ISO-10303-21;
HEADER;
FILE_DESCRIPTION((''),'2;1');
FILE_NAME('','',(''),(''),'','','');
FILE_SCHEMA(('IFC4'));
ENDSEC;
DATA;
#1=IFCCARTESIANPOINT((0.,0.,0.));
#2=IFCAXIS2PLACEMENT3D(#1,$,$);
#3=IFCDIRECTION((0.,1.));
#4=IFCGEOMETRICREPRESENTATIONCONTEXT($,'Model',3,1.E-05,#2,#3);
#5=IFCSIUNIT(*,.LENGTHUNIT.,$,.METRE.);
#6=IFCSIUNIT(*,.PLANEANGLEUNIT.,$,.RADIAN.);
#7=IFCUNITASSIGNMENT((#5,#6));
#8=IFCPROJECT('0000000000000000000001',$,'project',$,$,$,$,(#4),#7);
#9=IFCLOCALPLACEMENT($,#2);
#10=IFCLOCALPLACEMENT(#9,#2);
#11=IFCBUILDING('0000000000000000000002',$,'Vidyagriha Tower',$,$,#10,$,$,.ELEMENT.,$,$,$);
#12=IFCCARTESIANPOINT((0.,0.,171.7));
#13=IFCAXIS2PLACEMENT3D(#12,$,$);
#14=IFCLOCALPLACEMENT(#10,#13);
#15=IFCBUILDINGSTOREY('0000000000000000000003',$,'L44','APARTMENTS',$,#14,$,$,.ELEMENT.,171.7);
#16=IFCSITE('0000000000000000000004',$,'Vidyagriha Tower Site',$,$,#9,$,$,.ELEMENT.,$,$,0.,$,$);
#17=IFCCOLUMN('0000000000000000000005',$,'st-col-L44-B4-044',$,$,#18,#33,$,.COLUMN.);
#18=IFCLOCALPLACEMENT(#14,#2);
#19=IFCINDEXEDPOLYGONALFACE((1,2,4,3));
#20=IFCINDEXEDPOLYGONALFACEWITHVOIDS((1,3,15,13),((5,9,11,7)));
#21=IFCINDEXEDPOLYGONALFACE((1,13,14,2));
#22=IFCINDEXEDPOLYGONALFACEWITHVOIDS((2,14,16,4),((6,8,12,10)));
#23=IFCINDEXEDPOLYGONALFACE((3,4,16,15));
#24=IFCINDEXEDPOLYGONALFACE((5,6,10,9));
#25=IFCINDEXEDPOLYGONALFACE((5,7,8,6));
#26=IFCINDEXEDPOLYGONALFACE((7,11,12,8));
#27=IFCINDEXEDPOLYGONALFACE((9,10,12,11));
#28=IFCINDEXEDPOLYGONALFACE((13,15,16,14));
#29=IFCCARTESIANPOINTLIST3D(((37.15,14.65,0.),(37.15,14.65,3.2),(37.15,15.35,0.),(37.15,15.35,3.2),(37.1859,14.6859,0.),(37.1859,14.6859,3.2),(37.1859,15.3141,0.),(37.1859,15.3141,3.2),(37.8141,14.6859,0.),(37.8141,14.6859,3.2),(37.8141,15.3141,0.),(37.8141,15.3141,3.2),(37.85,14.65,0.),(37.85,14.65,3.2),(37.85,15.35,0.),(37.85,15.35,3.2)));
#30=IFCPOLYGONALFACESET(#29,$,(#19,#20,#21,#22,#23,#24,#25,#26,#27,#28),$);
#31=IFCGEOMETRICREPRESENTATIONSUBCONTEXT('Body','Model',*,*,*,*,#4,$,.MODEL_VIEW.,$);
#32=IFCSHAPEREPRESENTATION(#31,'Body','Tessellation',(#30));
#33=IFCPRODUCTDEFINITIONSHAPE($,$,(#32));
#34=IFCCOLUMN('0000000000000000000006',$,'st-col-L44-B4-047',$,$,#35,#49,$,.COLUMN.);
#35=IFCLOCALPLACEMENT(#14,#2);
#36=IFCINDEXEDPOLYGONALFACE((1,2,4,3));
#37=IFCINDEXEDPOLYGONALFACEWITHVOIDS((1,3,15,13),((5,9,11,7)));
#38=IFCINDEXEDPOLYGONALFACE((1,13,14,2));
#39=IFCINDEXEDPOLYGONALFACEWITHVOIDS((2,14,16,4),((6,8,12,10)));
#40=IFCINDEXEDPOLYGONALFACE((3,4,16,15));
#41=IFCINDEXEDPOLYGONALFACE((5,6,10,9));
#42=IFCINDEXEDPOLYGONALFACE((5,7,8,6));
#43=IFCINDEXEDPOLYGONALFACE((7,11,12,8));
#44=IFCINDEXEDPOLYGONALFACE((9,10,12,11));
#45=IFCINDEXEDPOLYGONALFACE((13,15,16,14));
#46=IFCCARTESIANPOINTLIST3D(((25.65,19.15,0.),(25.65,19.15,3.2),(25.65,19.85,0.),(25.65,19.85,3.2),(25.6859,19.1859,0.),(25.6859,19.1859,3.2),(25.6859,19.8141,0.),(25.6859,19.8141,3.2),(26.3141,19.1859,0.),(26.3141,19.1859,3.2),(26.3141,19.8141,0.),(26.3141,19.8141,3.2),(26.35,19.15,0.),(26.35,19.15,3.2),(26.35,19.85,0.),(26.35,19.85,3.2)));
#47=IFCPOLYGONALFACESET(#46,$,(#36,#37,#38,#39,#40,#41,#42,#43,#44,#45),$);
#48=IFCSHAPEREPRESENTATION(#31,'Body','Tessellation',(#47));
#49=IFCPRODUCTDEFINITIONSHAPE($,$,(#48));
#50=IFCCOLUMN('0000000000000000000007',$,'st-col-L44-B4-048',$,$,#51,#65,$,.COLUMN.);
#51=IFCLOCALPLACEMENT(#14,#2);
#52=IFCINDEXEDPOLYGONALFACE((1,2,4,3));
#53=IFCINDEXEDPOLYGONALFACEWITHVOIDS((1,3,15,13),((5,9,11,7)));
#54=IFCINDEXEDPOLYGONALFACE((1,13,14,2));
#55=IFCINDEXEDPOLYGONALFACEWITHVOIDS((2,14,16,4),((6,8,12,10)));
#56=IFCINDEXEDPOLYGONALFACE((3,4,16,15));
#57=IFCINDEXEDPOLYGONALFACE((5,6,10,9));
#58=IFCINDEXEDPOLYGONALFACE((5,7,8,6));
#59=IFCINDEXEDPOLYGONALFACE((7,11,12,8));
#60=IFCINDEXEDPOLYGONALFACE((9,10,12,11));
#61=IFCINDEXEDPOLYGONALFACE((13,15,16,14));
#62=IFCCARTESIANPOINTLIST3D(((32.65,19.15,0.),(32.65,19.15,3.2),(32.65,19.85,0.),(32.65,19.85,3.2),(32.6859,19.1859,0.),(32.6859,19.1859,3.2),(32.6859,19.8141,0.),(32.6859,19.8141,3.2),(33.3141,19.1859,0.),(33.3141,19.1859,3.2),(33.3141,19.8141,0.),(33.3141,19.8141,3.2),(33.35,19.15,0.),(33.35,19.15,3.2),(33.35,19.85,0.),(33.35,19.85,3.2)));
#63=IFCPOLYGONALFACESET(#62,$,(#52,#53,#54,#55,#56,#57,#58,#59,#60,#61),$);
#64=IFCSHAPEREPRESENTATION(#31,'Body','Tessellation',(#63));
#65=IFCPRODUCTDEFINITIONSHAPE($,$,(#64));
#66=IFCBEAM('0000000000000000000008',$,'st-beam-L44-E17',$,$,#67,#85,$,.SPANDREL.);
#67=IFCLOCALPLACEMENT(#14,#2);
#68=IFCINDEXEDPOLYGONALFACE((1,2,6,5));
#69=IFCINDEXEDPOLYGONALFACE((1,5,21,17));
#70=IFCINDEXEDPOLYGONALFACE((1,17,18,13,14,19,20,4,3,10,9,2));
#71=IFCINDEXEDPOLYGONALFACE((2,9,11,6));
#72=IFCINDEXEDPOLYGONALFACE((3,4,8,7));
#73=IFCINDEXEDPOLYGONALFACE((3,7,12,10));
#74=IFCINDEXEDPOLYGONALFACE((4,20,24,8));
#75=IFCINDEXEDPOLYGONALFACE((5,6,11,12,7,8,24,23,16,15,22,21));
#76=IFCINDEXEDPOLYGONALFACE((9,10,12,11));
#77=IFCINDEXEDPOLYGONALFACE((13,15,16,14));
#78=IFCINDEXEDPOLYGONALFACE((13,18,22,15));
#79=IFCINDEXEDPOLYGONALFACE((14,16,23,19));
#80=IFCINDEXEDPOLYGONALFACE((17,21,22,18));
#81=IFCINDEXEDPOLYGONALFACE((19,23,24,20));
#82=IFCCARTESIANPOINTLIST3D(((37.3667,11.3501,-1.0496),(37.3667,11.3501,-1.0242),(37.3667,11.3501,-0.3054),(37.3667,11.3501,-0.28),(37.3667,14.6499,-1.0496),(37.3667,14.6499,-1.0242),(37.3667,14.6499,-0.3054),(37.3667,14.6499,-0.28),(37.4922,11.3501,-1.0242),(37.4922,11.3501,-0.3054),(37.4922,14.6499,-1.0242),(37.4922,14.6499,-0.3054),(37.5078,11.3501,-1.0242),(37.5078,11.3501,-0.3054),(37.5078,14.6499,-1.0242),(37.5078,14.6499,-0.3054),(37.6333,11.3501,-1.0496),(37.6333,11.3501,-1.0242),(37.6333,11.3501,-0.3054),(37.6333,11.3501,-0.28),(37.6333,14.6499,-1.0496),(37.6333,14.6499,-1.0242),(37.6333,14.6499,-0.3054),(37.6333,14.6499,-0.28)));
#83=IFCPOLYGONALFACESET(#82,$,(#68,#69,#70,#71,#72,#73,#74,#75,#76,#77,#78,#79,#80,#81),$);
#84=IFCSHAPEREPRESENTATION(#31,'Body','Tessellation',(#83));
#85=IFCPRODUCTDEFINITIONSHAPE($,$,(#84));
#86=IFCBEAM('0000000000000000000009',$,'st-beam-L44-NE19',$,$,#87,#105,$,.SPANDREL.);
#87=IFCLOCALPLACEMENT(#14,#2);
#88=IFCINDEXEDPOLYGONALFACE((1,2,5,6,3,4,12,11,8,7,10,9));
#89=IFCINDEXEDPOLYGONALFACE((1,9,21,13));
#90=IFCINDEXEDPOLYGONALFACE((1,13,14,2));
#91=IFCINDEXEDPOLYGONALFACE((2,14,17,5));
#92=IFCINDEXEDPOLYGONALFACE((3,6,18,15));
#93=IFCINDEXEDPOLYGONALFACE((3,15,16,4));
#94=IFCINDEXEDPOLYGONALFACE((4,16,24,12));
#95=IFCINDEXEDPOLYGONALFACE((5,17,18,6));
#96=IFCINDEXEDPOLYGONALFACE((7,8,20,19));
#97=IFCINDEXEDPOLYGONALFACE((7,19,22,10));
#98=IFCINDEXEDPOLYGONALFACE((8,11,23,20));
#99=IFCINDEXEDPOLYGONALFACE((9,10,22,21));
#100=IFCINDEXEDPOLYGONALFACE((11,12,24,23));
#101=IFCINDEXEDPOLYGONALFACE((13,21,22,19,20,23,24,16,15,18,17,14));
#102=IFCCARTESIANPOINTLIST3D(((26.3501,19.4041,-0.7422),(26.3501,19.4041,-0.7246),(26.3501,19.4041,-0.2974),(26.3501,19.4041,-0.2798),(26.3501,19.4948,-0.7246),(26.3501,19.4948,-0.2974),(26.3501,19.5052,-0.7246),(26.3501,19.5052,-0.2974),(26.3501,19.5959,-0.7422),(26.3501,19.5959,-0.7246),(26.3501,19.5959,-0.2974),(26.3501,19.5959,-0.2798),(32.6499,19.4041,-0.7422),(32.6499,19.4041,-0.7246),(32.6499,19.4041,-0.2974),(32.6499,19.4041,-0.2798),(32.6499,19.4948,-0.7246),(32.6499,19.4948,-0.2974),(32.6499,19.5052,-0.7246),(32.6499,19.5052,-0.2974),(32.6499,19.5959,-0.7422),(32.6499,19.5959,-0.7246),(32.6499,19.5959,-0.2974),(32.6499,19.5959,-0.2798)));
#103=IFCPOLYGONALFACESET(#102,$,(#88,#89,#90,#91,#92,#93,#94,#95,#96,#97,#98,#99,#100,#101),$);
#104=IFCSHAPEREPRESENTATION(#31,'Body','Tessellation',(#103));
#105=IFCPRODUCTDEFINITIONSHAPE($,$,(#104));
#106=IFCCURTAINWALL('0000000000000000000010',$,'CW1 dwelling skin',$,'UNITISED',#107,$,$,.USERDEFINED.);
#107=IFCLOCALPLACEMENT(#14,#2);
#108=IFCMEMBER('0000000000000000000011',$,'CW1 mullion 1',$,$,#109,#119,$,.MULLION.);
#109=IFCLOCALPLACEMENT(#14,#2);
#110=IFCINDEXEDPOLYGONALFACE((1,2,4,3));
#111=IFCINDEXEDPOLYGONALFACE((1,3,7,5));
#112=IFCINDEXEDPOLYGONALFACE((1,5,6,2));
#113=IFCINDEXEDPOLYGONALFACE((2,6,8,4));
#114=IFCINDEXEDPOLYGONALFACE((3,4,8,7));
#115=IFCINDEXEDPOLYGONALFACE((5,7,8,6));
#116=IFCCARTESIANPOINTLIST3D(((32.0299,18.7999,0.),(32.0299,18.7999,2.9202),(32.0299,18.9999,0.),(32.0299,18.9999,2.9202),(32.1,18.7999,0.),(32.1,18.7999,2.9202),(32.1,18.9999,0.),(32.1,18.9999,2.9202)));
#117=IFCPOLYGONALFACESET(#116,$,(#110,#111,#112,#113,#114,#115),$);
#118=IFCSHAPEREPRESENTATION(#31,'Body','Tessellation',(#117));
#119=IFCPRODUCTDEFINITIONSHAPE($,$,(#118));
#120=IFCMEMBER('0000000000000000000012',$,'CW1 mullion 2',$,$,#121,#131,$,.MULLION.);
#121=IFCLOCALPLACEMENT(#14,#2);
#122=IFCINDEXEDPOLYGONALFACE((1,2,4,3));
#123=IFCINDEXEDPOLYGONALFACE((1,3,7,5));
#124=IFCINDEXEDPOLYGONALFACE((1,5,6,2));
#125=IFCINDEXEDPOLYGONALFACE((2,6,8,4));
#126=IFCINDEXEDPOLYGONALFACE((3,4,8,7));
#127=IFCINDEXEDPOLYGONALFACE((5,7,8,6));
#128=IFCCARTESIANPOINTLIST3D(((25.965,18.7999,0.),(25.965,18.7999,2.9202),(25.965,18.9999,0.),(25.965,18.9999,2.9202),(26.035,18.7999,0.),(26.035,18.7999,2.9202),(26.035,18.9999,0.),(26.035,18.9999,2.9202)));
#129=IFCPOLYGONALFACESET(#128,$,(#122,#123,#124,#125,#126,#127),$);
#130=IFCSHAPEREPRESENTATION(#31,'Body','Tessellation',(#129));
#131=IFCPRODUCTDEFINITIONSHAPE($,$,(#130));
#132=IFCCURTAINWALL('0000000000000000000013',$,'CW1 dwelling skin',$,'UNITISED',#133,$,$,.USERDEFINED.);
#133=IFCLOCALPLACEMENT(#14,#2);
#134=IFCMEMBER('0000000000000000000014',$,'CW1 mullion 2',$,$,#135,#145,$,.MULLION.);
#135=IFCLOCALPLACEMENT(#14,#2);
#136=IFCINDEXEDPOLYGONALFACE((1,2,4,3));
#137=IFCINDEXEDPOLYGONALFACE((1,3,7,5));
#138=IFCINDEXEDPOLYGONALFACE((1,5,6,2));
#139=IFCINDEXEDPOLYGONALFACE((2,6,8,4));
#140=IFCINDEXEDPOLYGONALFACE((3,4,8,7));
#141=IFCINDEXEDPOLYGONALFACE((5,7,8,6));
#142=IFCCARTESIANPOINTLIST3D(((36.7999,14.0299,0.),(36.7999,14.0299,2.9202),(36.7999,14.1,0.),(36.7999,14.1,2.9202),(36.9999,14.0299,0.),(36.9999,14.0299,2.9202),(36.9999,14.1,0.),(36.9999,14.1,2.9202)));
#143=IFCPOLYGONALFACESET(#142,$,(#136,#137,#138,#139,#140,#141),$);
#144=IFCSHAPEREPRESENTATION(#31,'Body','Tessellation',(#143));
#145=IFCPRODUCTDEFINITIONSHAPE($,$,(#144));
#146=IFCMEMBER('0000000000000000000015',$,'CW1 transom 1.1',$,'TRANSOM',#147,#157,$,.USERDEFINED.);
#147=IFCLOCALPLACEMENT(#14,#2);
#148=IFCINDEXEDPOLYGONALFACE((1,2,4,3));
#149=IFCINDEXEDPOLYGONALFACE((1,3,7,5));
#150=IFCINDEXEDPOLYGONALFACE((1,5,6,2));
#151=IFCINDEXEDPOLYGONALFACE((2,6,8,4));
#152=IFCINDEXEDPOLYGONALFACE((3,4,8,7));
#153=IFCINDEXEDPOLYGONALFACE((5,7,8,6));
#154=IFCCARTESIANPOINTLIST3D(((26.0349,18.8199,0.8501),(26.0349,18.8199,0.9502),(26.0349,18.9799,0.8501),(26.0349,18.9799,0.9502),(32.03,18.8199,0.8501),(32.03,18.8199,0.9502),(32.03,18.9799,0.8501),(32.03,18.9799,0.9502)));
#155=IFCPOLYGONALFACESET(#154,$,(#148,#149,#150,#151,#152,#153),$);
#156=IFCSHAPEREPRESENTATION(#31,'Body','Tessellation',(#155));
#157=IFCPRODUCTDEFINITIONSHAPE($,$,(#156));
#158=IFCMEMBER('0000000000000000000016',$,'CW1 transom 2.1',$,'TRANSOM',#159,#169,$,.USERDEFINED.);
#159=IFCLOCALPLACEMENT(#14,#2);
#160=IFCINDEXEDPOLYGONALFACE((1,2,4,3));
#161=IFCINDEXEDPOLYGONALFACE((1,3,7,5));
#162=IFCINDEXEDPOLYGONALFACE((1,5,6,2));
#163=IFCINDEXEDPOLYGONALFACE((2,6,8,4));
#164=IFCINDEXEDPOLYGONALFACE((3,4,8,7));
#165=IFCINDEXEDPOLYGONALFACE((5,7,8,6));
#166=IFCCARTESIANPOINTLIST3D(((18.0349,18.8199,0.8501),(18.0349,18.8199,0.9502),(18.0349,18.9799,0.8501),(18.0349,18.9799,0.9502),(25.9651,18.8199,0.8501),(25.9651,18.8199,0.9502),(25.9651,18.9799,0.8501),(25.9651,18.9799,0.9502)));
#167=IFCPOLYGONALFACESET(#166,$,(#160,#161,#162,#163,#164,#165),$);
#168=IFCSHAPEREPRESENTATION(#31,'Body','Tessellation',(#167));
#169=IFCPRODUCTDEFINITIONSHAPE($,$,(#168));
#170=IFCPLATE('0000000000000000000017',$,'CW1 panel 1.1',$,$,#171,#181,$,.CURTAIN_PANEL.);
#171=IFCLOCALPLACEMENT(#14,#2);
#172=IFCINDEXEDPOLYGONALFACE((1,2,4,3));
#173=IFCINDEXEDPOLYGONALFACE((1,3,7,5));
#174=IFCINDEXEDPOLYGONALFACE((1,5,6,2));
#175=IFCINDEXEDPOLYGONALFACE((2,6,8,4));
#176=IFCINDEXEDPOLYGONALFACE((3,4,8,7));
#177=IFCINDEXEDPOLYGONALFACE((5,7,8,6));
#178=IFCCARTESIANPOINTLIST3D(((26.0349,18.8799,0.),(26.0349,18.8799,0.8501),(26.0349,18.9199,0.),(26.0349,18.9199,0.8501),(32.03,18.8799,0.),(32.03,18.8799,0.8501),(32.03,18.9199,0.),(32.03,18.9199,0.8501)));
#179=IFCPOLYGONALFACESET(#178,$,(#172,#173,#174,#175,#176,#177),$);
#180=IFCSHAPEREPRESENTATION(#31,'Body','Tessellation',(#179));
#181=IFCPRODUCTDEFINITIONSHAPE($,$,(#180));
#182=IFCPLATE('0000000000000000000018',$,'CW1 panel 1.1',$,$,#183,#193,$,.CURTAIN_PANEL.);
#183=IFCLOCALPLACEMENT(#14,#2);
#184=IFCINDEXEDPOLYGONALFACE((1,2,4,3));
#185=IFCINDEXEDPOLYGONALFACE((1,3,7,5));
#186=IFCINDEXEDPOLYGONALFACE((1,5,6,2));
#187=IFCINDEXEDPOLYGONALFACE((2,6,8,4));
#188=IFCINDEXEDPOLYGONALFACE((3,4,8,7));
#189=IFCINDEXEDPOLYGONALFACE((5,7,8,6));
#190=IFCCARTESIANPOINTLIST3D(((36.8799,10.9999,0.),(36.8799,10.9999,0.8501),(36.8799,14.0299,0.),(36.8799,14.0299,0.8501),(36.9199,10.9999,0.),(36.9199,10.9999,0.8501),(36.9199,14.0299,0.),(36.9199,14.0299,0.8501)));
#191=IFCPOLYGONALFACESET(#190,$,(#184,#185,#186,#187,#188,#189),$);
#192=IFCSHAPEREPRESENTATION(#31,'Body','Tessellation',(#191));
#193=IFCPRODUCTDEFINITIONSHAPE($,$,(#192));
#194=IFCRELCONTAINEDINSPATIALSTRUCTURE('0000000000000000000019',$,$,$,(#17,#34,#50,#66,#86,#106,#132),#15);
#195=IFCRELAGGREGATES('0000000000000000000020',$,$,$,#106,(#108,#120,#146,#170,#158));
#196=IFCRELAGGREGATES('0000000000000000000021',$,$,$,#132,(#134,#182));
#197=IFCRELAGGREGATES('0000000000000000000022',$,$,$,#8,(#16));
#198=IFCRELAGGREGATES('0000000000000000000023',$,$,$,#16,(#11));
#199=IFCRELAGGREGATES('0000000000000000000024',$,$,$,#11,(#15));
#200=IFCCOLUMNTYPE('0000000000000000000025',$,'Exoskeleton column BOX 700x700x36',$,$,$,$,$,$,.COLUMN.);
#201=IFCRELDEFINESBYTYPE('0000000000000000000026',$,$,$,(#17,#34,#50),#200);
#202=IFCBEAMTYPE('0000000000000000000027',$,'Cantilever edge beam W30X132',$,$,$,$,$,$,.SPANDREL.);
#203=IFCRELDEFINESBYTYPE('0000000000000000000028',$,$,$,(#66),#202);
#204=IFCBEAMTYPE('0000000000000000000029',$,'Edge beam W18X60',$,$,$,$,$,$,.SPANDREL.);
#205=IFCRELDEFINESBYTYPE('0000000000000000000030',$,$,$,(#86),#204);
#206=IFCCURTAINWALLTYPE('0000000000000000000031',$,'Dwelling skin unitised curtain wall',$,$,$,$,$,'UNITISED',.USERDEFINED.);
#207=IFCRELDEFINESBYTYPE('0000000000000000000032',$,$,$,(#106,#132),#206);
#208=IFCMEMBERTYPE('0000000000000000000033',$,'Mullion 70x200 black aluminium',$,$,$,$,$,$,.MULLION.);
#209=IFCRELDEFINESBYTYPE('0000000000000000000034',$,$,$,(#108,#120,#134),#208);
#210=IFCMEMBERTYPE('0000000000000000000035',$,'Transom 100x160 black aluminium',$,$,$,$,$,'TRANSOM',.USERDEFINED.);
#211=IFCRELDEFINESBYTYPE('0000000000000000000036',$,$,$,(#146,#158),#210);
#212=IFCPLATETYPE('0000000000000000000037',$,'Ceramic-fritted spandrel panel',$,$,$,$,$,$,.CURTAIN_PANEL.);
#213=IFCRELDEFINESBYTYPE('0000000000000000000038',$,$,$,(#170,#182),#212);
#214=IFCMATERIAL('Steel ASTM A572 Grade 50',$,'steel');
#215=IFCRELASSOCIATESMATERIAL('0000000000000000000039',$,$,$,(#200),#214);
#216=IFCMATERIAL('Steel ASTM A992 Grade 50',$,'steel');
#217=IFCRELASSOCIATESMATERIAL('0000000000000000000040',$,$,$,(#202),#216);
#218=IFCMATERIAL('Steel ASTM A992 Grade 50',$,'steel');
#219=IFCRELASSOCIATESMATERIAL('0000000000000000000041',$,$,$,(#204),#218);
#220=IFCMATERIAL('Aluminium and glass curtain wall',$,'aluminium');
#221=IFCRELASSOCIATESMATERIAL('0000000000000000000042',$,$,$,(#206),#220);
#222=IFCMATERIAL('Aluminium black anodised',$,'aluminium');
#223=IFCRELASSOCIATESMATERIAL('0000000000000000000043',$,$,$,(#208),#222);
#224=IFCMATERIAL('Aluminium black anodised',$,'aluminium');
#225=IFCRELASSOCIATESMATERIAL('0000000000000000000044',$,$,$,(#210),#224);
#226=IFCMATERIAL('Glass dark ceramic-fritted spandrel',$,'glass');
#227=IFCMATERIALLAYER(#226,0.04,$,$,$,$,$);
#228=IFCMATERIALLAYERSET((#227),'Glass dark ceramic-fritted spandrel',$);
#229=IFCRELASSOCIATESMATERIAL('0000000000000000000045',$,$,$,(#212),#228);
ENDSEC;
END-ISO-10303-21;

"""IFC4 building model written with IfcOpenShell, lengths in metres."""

from ifc_helpers import new_model, si_unit, direction, frame, origin, origin_2d, place, context, subcontext, project, spatial, rectangle, hollow_rectangle, i_section, extrude, material, layer, layer_set, material_profile, profile_set, type_object, element, aggregate, save


model = new_model("IFC4")

# Units and contexts
model_context = context("Model", 3, precision=1e-05, world=origin(), true_north=direction((0.0, 1.0)))
body_context = subcontext(model_context, "Body", "Model", "MODEL_VIEW")
ifc_project = project(units=[si_unit("LENGTHUNIT", "METRE"), si_unit("PLANEANGLEUNIT", "RADIAN")], contexts=[model_context])

# Site, building, storey
site_placement = place(None, origin())
site = spatial("IfcSite", under=ifc_project, at=site_placement, Name="Vidyagriha Tower Site", CompositionType="ELEMENT", RefElevation=0.0)
building_placement = place(site_placement, origin())
building = spatial("IfcBuilding", under=site, at=building_placement, Name="Vidyagriha Tower", CompositionType="ELEMENT")
storey_placement = place(building_placement, frame((0.0, 0.0, 171.7)))
storey = spatial("IfcBuildingStorey", under=building, at=storey_placement, Name="L44", Description="APARTMENTS", CompositionType="ELEMENT", Elevation=171.7)

# Columns
ifc_material_1 = material(Name="Steel ASTM A572 Grade 50", Category="steel")
ifc_material_profile_1 = material_profile(ifc_material_1, hollow_rectangle(XDim=0.7, YDim=0.7, WallThickness=0.0359, at=origin_2d()), Name="BOX 700x700x36")
ifc_profile_set_1 = profile_set([ifc_material_profile_1], Name="Steel ASTM A572 Grade 50")
column_type = type_object("IfcColumnType", Name="Exoskeleton column BOX 700x700x36", PredefinedType="COLUMN", material=ifc_profile_set_1)
for number, where, name in (
    (1, (37.5, 15.0, 0.0), "st-col-L44-B4-044"),
    (2, (26.0, 19.5, 0.0), "st-col-L44-B4-047"),
    (3, (33.0, 19.5, 0.0), "st-col-L44-B4-048"),
):
    element("IfcColumn", number, at=place(storey_placement, frame(where)), inside=storey, type_object=column_type, Name=name, PredefinedType="COLUMN", context=body_context, shape_type="SweptSolid", body=[
        extrude(hollow_rectangle(XDim=0.7, YDim=0.7, WallThickness=0.0359, at=origin_2d()), origin(), (0.0, 0.0, 1.0), 3.2),
    ])

# Beams
ifc_material_2 = material(Name="Steel ASTM A992 Grade 50", Category="steel")
ifc_material_profile_2 = material_profile(ifc_material_2, i_section(OverallWidth=0.2666, OverallDepth=0.7695, WebThickness=0.0156, FlangeThickness=0.0254, at=origin_2d()), Name="W30X132")
ifc_profile_set_2 = profile_set([ifc_material_profile_2], Name="Steel ASTM A992 Grade 50")
beam_type_1 = type_object("IfcBeamType", Name="Cantilever edge beam W30X132", PredefinedType="SPANDREL", material=ifc_profile_set_2)
beam_1_placement = place(storey_placement, frame((37.5, 11.3501, -0.6648), z_axis=(0.0, 1.0, 0.0), x_axis=(-1.0, 0.0, 0.0)))
element("IfcBeam", 4, at=beam_1_placement, inside=storey, type_object=beam_type_1, Name="st-beam-L44-E17", PredefinedType="SPANDREL", context=body_context, shape_type="SweptSolid", body=[
    extrude(i_section(OverallWidth=0.2666, OverallDepth=0.7695, WebThickness=0.0156, FlangeThickness=0.0254, at=origin_2d()), origin(), (0.0, 0.0, 1.0), 3.2998),
])
ifc_material_3 = material(Name="Steel ASTM A992 Grade 50", Category="steel")
ifc_material_profile_3 = material_profile(ifc_material_3, i_section(OverallWidth=0.1919, OverallDepth=0.4624, WebThickness=0.0105, FlangeThickness=0.0176, at=origin_2d()), Name="W18X60")
ifc_profile_set_3 = profile_set([ifc_material_profile_3], Name="Steel ASTM A992 Grade 50")
beam_type_2 = type_object("IfcBeamType", Name="Edge beam W18X60", PredefinedType="SPANDREL", material=ifc_profile_set_3)
beam_2_placement = place(storey_placement, frame((26.3501, 19.5, -0.511), z_axis=(1.0, 0.0, 0.0), x_axis=(0.0, 1.0, 0.0)))
element("IfcBeam", 5, at=beam_2_placement, inside=storey, type_object=beam_type_2, Name="st-beam-L44-NE19", PredefinedType="SPANDREL", context=body_context, shape_type="SweptSolid", body=[
    extrude(i_section(OverallWidth=0.1919, OverallDepth=0.4624, WebThickness=0.0105, FlangeThickness=0.0176, at=origin_2d()), origin(), (0.0, 0.0, 1.0), 6.2998),
])

# Curtain wall, members
ifc_material_4 = material(Name="Aluminium and glass curtain wall", Category="aluminium")
curtain_wall_type = type_object("IfcCurtainWallType", Name="Dwelling skin unitised curtain wall", ElementType="UNITISED", PredefinedType="USERDEFINED", material=ifc_material_4)
curtain_wall_1_placement = place(storey_placement, origin())
curtain_wall_1 = element("IfcCurtainWall", 6, at=curtain_wall_1_placement, inside=storey, type_object=curtain_wall_type, Name="CW1 dwelling skin", ObjectType="UNITISED", PredefinedType="USERDEFINED")
ifc_material_5 = material(Name="Aluminium black anodised", Category="aluminium")
ifc_material_profile_4 = material_profile(ifc_material_5, rectangle(XDim=0.2, YDim=0.0701, at=origin_2d()), Name="Mullion 70x200 black aluminium")
ifc_profile_set_4 = profile_set([ifc_material_profile_4], Name="Aluminium black anodised")
member_type_1 = type_object("IfcMemberType", Name="Mullion 70x200 black aluminium", PredefinedType="MULLION", material=ifc_profile_set_4)
member_1_placement = place(storey_placement, frame((32.0649, 18.8999, 0.0), z_axis=(0.0, 0.0, 1.0), x_axis=(0.0, -1.0, 0.0)))
member_1 = element("IfcMember", 7, at=member_1_placement, type_object=member_type_1, Name="CW1 mullion 1", PredefinedType="MULLION", context=body_context, shape_type="SweptSolid", body=[
    extrude(rectangle(XDim=0.2, YDim=0.0701, at=origin_2d()), origin(), (0.0, 0.0, 1.0), 2.9202),
])
member_2_placement = place(storey_placement, frame((26.0, 18.8999, 0.0), z_axis=(0.0, 0.0, 1.0), x_axis=(0.0, -1.0, 0.0)))
member_2 = element("IfcMember", 8, at=member_2_placement, type_object=member_type_1, Name="CW1 mullion 2", PredefinedType="MULLION", context=body_context, shape_type="SweptSolid", body=[
    extrude(rectangle(XDim=0.2, YDim=0.0701, at=origin_2d()), origin(), (0.0, 0.0, 1.0), 2.9202),
])

# Curtain wall, member
curtain_wall_2_placement = place(storey_placement, origin())
curtain_wall_2 = element("IfcCurtainWall", 9, at=curtain_wall_2_placement, inside=storey, type_object=curtain_wall_type, Name="CW1 dwelling skin", ObjectType="UNITISED", PredefinedType="USERDEFINED")
member_3_placement = place(storey_placement, frame((36.8999, 14.0649, 0.0), z_axis=(0.0, 0.0, 1.0), x_axis=(-1.0, 0.0, 0.0)))
member_3 = element("IfcMember", 10, at=member_3_placement, type_object=member_type_1, Name="CW1 mullion 2", PredefinedType="MULLION", context=body_context, shape_type="SweptSolid", body=[
    extrude(rectangle(XDim=0.2, YDim=0.0701, at=origin_2d()), origin(), (0.0, 0.0, 1.0), 2.9202),
])

# Members
ifc_material_6 = material(Name="Aluminium black anodised", Category="aluminium")
ifc_material_profile_5 = material_profile(ifc_material_6, rectangle(XDim=0.1599, YDim=0.1001, at=origin_2d()), Name="Transom 100x160 black aluminium")
ifc_profile_set_5 = profile_set([ifc_material_profile_5], Name="Aluminium black anodised")
member_type_2 = type_object("IfcMemberType", Name="Transom 100x160 black aluminium", ElementType="TRANSOM", PredefinedType="USERDEFINED", material=ifc_profile_set_5)
member_4_placement = place(storey_placement, frame((32.03, 18.8999, 0.9001), z_axis=(-1.0, 0.0, 0.0), x_axis=(0.0, -1.0, 0.0)))
member_4 = element("IfcMember", 11, at=member_4_placement, type_object=member_type_2, Name="CW1 transom 1.1", ObjectType="TRANSOM", PredefinedType="USERDEFINED", context=body_context, shape_type="SweptSolid", body=[
    extrude(rectangle(XDim=0.1599, YDim=0.1001, at=origin_2d()), origin(), (0.0, 0.0, 1.0), 5.9951),
])
member_5_placement = place(storey_placement, frame((25.9651, 18.8999, 0.9001), z_axis=(-1.0, 0.0, 0.0), x_axis=(0.0, -1.0, 0.0)))
member_5 = element("IfcMember", 12, at=member_5_placement, type_object=member_type_2, Name="CW1 transom 2.1", ObjectType="TRANSOM", PredefinedType="USERDEFINED", context=body_context, shape_type="SweptSolid", body=[
    extrude(rectangle(XDim=0.1599, YDim=0.1001, at=origin_2d()), origin(), (0.0, 0.0, 1.0), 7.9302),
])

# Plates
ifc_material_7 = material(Name="Glass dark ceramic-fritted spandrel", Category="glass")
ifc_layer_1 = layer(ifc_material_7, 0.04)
ifc_layer_set_1 = layer_set([ifc_layer_1], Name="Glass dark ceramic-fritted spandrel")
plate_type_1 = type_object("IfcPlateType", Name="Ceramic-fritted spandrel panel", PredefinedType="CURTAIN_PANEL", material=ifc_layer_set_1)
plate_1_placement = place(storey_placement, frame((29.0325, 18.8999, 0.0), z_axis=(0.0, 0.0, 1.0), x_axis=(-1.0, 0.0, 0.0)))
plate_1 = element("IfcPlate", 13, at=plate_1_placement, type_object=plate_type_1, Name="CW1 panel 1.1", PredefinedType="CURTAIN_PANEL", context=body_context, shape_type="SweptSolid", body=[
    extrude(rectangle(XDim=5.9951, YDim=0.04, at=origin_2d()), origin(), (0.0, 0.0, 1.0), 0.8501),
])
plate_2_placement = place(storey_placement, frame((36.8999, 12.5149, 0.0), z_axis=(0.0, 0.0, 1.0), x_axis=(0.0, 1.0, 0.0)))
plate_2 = element("IfcPlate", 14, at=plate_2_placement, type_object=plate_type_1, Name="CW1 panel 1.1", PredefinedType="CURTAIN_PANEL", context=body_context, shape_type="SweptSolid", body=[
    extrude(rectangle(XDim=3.03, YDim=0.04, at=origin_2d()), origin(), (0.0, 0.0, 1.0), 0.8501),
])
aggregate(curtain_wall_1, [member_1, member_2, member_4, plate_1, member_5])
aggregate(curtain_wall_2, [member_3, plate_2])

save(model, "model.ifc")
